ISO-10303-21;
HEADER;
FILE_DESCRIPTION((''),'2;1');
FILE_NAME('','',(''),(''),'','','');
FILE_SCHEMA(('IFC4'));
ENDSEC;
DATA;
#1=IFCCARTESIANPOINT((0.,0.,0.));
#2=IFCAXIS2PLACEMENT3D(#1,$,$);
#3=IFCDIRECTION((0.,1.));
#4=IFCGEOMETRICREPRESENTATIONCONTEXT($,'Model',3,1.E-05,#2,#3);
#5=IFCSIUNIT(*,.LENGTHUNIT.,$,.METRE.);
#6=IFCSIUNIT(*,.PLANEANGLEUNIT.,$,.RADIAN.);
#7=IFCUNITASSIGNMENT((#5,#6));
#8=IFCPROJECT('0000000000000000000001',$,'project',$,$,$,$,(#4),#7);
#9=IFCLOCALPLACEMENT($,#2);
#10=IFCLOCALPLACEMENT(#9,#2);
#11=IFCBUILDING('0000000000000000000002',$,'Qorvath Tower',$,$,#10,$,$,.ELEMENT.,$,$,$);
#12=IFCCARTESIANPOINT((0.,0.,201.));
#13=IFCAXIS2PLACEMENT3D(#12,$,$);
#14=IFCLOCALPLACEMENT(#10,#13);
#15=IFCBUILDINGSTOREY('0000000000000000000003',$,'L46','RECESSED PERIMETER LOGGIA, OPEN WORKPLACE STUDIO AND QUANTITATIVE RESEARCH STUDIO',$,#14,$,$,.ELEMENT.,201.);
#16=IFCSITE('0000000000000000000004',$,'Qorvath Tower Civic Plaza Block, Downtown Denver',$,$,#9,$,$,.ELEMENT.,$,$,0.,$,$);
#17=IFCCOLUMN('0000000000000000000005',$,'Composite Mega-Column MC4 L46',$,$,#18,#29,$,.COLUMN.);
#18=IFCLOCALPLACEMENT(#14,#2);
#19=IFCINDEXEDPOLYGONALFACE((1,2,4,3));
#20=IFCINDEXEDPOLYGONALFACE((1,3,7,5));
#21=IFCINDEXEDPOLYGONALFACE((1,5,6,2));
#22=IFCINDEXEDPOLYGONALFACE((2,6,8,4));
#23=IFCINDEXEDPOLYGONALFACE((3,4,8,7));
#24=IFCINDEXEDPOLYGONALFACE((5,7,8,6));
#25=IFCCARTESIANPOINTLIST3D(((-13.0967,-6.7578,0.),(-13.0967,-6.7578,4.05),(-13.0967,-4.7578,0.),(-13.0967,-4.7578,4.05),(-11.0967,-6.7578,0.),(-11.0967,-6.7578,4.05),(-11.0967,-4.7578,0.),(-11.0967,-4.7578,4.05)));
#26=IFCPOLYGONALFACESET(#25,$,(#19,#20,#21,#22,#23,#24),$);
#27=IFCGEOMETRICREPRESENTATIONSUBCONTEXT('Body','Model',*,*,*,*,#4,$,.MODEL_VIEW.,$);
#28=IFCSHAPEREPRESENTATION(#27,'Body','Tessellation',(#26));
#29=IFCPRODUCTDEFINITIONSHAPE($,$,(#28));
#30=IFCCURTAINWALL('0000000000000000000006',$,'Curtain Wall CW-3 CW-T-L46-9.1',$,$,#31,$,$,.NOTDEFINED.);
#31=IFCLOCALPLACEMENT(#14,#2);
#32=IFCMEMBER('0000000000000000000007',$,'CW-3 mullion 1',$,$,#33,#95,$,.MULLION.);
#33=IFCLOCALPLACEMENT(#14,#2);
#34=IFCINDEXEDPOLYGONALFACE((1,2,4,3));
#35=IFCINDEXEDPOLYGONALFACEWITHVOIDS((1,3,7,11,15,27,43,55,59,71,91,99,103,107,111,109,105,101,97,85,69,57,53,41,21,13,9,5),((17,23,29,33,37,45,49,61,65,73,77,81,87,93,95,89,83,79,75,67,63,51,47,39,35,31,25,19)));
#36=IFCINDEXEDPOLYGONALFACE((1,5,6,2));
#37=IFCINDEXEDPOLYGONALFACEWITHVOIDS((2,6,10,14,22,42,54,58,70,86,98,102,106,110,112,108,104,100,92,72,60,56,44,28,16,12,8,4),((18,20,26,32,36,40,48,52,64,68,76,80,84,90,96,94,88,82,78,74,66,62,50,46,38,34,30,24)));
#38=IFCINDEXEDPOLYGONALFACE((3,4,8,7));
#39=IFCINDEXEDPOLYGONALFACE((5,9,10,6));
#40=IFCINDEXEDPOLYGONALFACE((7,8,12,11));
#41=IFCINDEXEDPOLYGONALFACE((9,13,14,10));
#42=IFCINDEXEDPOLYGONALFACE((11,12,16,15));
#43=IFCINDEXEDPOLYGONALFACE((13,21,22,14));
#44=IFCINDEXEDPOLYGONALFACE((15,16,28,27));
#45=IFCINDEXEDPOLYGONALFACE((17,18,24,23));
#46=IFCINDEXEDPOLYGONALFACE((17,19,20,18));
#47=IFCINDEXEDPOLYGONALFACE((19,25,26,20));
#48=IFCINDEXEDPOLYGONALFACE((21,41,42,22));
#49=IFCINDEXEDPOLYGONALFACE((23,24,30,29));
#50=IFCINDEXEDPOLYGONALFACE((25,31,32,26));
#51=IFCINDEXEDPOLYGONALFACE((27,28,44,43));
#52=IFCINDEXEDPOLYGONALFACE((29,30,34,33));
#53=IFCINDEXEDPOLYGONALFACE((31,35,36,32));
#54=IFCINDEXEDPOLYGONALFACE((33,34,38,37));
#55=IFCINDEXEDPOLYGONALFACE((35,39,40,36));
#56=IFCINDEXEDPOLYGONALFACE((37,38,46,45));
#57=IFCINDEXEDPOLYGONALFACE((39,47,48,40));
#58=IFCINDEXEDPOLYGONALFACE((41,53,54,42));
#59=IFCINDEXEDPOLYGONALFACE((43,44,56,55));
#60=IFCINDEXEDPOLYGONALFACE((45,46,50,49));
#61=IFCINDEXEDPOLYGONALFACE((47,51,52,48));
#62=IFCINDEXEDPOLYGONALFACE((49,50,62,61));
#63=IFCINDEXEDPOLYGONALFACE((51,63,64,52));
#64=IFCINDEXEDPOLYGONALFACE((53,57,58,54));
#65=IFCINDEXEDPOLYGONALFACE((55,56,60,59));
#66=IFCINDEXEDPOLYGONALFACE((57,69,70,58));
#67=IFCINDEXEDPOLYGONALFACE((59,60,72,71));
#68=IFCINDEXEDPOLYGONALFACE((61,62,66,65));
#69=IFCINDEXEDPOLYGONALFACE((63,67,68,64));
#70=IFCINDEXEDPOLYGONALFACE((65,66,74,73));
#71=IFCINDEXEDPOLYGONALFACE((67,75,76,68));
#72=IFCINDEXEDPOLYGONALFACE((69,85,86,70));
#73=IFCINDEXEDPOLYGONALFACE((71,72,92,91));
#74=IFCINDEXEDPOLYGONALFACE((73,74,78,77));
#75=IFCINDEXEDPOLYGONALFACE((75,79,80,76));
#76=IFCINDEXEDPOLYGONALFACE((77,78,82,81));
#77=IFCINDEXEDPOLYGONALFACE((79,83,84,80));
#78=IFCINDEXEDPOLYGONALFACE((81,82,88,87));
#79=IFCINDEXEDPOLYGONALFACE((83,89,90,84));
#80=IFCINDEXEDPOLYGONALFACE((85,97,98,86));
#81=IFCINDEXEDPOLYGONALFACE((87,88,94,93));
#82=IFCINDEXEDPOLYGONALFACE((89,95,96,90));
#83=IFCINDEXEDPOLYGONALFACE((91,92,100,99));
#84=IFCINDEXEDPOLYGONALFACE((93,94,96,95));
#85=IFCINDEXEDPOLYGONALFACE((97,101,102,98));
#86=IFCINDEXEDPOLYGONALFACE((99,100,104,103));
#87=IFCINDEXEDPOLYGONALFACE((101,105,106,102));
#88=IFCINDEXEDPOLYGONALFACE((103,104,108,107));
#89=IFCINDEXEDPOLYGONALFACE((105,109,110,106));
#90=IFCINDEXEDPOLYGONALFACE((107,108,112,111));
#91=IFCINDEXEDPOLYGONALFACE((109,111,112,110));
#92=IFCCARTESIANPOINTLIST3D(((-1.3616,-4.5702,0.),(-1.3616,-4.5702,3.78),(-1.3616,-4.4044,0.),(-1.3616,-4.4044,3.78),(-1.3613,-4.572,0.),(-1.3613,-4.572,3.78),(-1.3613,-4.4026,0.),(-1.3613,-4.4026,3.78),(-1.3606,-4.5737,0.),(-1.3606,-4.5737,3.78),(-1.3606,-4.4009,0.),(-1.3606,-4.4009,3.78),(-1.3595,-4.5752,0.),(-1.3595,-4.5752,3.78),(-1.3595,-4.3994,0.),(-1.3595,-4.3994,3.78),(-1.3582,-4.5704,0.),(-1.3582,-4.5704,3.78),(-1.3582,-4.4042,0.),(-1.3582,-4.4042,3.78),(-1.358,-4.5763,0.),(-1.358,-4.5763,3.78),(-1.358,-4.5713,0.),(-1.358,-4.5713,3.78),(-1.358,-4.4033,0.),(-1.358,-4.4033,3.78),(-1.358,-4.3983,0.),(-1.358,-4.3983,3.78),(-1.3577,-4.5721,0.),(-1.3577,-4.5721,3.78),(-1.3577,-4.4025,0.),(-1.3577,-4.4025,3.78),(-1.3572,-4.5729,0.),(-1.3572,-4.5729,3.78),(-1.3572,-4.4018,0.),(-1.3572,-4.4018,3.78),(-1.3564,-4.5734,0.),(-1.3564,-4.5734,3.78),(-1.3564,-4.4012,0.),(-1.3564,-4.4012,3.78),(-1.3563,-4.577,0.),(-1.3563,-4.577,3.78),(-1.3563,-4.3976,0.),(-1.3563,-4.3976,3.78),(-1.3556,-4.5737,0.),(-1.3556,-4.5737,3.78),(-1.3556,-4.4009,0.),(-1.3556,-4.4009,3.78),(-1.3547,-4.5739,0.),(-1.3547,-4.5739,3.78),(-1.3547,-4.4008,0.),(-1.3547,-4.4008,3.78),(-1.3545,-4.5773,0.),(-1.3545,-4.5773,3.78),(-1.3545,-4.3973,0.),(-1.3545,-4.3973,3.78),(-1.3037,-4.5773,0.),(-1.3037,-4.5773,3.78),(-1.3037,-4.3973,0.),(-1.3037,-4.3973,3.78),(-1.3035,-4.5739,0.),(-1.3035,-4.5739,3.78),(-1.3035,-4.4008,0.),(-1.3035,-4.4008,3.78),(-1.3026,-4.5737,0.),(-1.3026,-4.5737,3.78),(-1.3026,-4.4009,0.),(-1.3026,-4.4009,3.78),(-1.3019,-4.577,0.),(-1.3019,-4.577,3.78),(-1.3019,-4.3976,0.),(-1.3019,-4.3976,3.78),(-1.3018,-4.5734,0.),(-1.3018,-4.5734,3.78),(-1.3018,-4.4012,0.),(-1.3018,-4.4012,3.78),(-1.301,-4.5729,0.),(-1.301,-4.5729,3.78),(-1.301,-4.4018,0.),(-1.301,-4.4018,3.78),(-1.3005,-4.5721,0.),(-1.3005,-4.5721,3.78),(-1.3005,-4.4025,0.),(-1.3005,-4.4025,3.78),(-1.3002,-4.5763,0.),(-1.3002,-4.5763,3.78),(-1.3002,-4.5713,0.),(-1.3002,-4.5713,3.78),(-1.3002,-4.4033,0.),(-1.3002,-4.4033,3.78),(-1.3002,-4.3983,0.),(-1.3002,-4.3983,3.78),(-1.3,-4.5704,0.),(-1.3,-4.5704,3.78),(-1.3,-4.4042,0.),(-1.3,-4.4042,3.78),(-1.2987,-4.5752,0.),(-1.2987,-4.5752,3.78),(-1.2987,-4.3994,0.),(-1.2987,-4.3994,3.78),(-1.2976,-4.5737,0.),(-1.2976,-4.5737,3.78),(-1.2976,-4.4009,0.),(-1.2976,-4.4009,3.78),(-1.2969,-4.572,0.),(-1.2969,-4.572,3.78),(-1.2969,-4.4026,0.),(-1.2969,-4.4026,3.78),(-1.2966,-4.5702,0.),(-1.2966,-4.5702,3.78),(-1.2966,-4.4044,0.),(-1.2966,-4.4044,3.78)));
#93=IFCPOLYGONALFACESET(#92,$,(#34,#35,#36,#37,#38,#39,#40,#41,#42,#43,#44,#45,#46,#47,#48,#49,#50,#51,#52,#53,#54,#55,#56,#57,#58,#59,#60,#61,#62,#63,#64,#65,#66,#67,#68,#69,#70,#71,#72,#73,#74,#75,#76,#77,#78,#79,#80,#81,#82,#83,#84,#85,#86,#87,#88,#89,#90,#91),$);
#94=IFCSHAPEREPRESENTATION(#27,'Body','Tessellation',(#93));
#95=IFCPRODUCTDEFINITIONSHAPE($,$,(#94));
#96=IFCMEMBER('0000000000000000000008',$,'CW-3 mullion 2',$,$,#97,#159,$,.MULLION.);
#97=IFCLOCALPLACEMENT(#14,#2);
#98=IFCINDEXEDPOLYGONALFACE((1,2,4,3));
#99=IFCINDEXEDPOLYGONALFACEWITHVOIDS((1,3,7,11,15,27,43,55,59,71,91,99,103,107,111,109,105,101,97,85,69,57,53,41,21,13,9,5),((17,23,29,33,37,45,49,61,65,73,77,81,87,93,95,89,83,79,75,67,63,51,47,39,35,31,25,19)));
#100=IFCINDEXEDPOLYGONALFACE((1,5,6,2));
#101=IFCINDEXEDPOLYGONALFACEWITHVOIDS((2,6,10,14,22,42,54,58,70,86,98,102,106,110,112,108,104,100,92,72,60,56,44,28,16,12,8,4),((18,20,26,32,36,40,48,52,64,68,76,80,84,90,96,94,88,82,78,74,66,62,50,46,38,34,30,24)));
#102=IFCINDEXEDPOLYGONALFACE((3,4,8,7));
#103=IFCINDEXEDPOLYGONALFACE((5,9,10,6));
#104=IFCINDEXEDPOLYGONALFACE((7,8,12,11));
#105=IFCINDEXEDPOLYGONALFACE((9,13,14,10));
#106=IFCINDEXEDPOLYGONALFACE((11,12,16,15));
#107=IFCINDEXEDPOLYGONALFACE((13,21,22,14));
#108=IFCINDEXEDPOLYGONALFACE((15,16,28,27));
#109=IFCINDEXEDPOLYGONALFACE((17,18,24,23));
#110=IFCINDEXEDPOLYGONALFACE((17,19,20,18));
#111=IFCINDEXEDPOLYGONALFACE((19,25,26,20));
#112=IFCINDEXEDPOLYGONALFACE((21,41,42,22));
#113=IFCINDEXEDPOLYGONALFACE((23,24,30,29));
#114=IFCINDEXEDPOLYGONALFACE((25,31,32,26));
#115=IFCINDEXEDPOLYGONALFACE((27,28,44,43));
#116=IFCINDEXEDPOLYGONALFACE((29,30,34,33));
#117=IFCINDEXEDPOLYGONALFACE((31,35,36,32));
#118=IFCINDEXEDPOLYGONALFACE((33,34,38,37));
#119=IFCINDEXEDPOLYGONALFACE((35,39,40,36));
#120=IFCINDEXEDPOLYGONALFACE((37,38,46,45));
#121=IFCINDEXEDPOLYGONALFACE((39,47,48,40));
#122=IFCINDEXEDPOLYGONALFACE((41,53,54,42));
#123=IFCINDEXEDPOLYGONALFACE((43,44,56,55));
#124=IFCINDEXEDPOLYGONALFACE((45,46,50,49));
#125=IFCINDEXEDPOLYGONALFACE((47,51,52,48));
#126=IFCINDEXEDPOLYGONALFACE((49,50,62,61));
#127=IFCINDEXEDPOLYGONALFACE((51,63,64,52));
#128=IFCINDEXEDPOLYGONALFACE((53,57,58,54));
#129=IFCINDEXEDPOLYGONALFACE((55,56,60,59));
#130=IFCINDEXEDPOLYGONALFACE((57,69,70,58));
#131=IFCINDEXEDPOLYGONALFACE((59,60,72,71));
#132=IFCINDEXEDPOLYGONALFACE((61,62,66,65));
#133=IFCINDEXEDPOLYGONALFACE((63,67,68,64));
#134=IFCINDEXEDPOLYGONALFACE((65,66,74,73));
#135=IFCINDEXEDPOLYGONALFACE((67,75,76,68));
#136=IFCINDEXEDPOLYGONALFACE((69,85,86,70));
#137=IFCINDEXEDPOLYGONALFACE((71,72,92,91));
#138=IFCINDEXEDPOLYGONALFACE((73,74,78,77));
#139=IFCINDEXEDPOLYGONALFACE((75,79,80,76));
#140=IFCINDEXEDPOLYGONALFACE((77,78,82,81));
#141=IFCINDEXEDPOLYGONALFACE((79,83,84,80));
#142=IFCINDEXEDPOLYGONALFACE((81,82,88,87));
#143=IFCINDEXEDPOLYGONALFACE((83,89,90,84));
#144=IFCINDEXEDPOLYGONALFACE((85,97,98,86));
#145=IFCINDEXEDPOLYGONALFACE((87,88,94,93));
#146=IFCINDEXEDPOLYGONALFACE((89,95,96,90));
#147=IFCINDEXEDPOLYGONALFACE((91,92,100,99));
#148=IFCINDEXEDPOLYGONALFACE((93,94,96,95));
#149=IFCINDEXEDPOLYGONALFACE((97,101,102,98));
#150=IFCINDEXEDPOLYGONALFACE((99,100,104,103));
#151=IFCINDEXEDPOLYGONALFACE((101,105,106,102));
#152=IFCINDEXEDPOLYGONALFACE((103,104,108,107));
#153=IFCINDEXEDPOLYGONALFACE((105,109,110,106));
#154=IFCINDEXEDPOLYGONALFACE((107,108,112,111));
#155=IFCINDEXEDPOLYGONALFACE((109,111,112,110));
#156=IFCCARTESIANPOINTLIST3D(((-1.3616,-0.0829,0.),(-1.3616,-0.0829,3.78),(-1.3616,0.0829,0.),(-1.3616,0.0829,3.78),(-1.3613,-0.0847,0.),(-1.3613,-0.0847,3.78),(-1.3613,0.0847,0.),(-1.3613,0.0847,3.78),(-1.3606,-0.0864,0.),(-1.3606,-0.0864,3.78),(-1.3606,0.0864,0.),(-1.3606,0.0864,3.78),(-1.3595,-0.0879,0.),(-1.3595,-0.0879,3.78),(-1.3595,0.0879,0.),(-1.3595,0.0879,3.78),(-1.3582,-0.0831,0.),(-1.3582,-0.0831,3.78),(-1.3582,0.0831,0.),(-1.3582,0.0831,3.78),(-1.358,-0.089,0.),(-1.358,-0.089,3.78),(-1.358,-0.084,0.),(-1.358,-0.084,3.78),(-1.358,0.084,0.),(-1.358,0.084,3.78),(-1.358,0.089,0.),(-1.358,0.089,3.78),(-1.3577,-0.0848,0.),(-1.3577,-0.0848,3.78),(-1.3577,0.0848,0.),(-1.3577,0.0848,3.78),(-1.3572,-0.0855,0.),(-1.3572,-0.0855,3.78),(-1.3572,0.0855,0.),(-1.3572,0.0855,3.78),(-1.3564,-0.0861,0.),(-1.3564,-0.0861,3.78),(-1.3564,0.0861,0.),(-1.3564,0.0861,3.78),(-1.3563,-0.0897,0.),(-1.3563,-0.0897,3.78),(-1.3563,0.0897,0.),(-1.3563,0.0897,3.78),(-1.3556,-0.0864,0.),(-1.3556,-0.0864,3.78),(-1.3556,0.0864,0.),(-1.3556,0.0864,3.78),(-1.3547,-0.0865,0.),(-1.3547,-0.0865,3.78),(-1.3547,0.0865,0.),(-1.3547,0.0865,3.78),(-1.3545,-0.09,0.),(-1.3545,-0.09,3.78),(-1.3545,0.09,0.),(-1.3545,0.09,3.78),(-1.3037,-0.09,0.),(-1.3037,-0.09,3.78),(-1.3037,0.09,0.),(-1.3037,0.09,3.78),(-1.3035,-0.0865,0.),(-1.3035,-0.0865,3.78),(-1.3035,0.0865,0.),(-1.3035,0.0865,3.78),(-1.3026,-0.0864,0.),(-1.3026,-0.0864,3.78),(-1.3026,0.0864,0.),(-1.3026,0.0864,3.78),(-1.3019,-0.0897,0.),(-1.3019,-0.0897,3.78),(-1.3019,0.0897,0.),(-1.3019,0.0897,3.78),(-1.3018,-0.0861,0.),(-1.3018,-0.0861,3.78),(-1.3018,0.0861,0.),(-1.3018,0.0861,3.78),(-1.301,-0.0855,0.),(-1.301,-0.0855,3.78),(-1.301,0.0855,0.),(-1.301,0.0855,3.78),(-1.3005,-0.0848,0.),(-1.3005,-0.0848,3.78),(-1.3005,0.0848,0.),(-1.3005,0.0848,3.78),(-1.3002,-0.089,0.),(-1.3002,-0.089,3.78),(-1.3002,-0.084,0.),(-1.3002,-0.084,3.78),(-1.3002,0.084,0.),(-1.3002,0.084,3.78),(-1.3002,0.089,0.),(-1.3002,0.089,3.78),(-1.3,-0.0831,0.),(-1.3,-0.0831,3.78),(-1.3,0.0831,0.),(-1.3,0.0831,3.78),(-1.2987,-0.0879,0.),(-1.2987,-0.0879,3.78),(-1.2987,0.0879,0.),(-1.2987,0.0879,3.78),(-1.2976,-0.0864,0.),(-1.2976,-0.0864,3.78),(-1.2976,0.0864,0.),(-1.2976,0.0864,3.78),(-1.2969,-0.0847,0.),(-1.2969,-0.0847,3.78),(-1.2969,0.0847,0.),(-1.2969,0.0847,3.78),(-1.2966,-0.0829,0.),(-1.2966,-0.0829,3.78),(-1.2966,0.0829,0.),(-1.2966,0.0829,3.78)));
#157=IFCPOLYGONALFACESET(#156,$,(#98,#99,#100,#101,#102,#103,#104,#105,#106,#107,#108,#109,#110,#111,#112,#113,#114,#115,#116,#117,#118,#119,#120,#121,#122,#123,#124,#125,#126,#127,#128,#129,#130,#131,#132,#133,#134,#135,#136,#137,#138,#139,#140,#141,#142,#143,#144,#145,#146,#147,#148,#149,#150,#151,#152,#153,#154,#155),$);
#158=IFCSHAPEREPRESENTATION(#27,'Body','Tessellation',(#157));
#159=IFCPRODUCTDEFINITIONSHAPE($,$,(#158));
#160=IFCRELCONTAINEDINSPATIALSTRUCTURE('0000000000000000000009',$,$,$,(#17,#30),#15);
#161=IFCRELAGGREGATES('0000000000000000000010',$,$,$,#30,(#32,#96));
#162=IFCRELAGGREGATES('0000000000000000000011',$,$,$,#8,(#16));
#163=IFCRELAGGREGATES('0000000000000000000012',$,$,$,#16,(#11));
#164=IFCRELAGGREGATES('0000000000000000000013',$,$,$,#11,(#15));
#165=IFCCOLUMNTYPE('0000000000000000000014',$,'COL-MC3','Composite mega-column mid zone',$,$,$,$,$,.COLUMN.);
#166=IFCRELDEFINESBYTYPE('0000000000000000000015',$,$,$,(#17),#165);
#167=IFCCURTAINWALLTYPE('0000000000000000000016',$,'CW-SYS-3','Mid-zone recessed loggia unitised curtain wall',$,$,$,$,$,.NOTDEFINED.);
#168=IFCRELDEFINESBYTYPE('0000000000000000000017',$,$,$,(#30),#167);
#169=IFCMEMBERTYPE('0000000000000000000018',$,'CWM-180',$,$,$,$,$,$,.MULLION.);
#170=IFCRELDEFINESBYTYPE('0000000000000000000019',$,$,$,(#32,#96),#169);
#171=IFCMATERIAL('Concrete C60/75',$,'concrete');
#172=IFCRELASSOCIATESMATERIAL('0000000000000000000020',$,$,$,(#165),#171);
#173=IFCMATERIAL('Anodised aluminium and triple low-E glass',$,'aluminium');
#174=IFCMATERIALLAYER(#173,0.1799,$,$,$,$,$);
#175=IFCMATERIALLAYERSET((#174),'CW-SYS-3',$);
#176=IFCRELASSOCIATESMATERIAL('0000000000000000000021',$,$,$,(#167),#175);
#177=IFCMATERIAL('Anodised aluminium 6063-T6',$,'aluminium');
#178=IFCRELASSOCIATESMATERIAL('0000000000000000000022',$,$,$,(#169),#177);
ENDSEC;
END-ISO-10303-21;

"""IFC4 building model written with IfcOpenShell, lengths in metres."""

from ifc_helpers import new_model, si_unit, direction, frame, origin, origin_2d, place, context, subcontext, project, spatial, rectangle, hollow_rectangle, extrude, material, layer, layer_set, material_profile, profile_set, type_object, element, aggregate, save


model = new_model("IFC4")

# Units and contexts
model_context = context("Model", 3, precision=1e-05, world=origin(), true_north=direction((0.0, 1.0)))
body_context = subcontext(model_context, "Body", "Model", "MODEL_VIEW")
ifc_project = project(units=[si_unit("LENGTHUNIT", "METRE"), si_unit("PLANEANGLEUNIT", "RADIAN")], contexts=[model_context])

# Site, building, storey
site_placement = place(None, origin())
site = spatial("IfcSite", under=ifc_project, at=site_placement, Name="Qorvath Tower Civic Plaza Block, Downtown Denver", CompositionType="ELEMENT", RefElevation=0.0)
building_placement = place(site_placement, origin())
building = spatial("IfcBuilding", under=site, at=building_placement, Name="Qorvath Tower", CompositionType="ELEMENT")
storey_placement = place(building_placement, frame((0.0, 0.0, 201.0)))
storey = spatial("IfcBuildingStorey", under=building, at=storey_placement, Name="L46", Description="RECESSED PERIMETER LOGGIA, OPEN WORKPLACE STUDIO AND QUANTITATIVE RESEARCH STUDIO", CompositionType="ELEMENT", Elevation=201.0)

# Column
ifc_material_1 = material(Name="Concrete C60/75", Category="concrete")
ifc_material_profile_1 = material_profile(ifc_material_1, rectangle(XDim=2.0, YDim=2.0, at=origin_2d()), Name="MC 2000x2000")
ifc_profile_set_1 = profile_set([ifc_material_profile_1], Name="Concrete C60/75")
column_type = type_object("IfcColumnType", Name="COL-MC3", Description="Composite mega-column mid zone", PredefinedType="COLUMN", material=ifc_profile_set_1)
column_placement = place(storey_placement, frame((-12.0967, -5.7578, 0.0), z_axis=(0.0, 0.0, 1.0), x_axis=(1.0, 0.0, 0.0)))
element("IfcColumn", 1, at=column_placement, inside=storey, type_object=column_type, Name="Composite Mega-Column MC4 L46", PredefinedType="COLUMN", context=body_context, shape_type="SweptSolid", body=[
    extrude(rectangle(XDim=2.0, YDim=2.0, at=origin_2d()), origin(), (0.0, 0.0, 1.0), 4.05),
])

# Curtain wall, members
ifc_material_2 = material(Name="Anodised aluminium and triple low-E glass", Category="aluminium")
ifc_layer_1 = layer(ifc_material_2, 0.1799)
ifc_layer_set_1 = layer_set([ifc_layer_1], Name="CW-SYS-3")
curtain_wall_type = type_object("IfcCurtainWallType", Name="CW-SYS-3", Description="Mid-zone recessed loggia unitised curtain wall", PredefinedType="NOTDEFINED", material=ifc_layer_set_1)
curtain_wall_placement = place(storey_placement, origin())
curtain_wall = element("IfcCurtainWall", 2, at=curtain_wall_placement, inside=storey, type_object=curtain_wall_type, Name="Curtain Wall CW-3 CW-T-L46-9.1", PredefinedType="NOTDEFINED")
ifc_material_3 = material(Name="Anodised aluminium 6063-T6", Category="aluminium")
ifc_material_profile_2 = material_profile(ifc_material_3, hollow_rectangle(XDim=0.0649, YDim=0.1799, WallThickness=0.0034, InnerFilletRadius=0.0034, OuterFilletRadius=0.0071, at=origin_2d()), Name="CWM 180x65")
ifc_profile_set_2 = profile_set([ifc_material_profile_2], Name="Anodised aluminium 6063-T6")
member_type_1 = type_object("IfcMemberType", Name="CWM-180", PredefinedType="MULLION", material=ifc_profile_set_2)
member_1_placement = place(storey_placement, frame((-1.3291, -4.4873, 0.0), z_axis=(0.0, 0.0, 1.0), x_axis=(-1.0, 0.0, 0.0)))
member_1 = element("IfcMember", 3, at=member_1_placement, type_object=member_type_1, Name="CW-3 mullion 1", PredefinedType="MULLION", context=body_context, shape_type="SweptSolid", body=[
    extrude(hollow_rectangle(XDim=0.0649, YDim=0.1799, WallThickness=0.0034, InnerFilletRadius=0.0034, OuterFilletRadius=0.0071, at=origin_2d()), origin(), (0.0, 0.0, 1.0), 3.78),
])
member_2_placement = place(storey_placement, frame((-1.3291, 0.0, 0.0), z_axis=(0.0, 0.0, 1.0), x_axis=(-1.0, 0.0, 0.0)))
member_2 = element("IfcMember", 4, at=member_2_placement, type_object=member_type_1, Name="CW-3 mullion 2", PredefinedType="MULLION", context=body_context, shape_type="SweptSolid", body=[
    extrude(hollow_rectangle(XDim=0.0649, YDim=0.1799, WallThickness=0.0034, InnerFilletRadius=0.0034, OuterFilletRadius=0.0071, at=origin_2d()), origin(), (0.0, 0.0, 1.0), 3.78),
])
aggregate(curtain_wall, [member_1, member_2])

save(model, "model.ifc")
